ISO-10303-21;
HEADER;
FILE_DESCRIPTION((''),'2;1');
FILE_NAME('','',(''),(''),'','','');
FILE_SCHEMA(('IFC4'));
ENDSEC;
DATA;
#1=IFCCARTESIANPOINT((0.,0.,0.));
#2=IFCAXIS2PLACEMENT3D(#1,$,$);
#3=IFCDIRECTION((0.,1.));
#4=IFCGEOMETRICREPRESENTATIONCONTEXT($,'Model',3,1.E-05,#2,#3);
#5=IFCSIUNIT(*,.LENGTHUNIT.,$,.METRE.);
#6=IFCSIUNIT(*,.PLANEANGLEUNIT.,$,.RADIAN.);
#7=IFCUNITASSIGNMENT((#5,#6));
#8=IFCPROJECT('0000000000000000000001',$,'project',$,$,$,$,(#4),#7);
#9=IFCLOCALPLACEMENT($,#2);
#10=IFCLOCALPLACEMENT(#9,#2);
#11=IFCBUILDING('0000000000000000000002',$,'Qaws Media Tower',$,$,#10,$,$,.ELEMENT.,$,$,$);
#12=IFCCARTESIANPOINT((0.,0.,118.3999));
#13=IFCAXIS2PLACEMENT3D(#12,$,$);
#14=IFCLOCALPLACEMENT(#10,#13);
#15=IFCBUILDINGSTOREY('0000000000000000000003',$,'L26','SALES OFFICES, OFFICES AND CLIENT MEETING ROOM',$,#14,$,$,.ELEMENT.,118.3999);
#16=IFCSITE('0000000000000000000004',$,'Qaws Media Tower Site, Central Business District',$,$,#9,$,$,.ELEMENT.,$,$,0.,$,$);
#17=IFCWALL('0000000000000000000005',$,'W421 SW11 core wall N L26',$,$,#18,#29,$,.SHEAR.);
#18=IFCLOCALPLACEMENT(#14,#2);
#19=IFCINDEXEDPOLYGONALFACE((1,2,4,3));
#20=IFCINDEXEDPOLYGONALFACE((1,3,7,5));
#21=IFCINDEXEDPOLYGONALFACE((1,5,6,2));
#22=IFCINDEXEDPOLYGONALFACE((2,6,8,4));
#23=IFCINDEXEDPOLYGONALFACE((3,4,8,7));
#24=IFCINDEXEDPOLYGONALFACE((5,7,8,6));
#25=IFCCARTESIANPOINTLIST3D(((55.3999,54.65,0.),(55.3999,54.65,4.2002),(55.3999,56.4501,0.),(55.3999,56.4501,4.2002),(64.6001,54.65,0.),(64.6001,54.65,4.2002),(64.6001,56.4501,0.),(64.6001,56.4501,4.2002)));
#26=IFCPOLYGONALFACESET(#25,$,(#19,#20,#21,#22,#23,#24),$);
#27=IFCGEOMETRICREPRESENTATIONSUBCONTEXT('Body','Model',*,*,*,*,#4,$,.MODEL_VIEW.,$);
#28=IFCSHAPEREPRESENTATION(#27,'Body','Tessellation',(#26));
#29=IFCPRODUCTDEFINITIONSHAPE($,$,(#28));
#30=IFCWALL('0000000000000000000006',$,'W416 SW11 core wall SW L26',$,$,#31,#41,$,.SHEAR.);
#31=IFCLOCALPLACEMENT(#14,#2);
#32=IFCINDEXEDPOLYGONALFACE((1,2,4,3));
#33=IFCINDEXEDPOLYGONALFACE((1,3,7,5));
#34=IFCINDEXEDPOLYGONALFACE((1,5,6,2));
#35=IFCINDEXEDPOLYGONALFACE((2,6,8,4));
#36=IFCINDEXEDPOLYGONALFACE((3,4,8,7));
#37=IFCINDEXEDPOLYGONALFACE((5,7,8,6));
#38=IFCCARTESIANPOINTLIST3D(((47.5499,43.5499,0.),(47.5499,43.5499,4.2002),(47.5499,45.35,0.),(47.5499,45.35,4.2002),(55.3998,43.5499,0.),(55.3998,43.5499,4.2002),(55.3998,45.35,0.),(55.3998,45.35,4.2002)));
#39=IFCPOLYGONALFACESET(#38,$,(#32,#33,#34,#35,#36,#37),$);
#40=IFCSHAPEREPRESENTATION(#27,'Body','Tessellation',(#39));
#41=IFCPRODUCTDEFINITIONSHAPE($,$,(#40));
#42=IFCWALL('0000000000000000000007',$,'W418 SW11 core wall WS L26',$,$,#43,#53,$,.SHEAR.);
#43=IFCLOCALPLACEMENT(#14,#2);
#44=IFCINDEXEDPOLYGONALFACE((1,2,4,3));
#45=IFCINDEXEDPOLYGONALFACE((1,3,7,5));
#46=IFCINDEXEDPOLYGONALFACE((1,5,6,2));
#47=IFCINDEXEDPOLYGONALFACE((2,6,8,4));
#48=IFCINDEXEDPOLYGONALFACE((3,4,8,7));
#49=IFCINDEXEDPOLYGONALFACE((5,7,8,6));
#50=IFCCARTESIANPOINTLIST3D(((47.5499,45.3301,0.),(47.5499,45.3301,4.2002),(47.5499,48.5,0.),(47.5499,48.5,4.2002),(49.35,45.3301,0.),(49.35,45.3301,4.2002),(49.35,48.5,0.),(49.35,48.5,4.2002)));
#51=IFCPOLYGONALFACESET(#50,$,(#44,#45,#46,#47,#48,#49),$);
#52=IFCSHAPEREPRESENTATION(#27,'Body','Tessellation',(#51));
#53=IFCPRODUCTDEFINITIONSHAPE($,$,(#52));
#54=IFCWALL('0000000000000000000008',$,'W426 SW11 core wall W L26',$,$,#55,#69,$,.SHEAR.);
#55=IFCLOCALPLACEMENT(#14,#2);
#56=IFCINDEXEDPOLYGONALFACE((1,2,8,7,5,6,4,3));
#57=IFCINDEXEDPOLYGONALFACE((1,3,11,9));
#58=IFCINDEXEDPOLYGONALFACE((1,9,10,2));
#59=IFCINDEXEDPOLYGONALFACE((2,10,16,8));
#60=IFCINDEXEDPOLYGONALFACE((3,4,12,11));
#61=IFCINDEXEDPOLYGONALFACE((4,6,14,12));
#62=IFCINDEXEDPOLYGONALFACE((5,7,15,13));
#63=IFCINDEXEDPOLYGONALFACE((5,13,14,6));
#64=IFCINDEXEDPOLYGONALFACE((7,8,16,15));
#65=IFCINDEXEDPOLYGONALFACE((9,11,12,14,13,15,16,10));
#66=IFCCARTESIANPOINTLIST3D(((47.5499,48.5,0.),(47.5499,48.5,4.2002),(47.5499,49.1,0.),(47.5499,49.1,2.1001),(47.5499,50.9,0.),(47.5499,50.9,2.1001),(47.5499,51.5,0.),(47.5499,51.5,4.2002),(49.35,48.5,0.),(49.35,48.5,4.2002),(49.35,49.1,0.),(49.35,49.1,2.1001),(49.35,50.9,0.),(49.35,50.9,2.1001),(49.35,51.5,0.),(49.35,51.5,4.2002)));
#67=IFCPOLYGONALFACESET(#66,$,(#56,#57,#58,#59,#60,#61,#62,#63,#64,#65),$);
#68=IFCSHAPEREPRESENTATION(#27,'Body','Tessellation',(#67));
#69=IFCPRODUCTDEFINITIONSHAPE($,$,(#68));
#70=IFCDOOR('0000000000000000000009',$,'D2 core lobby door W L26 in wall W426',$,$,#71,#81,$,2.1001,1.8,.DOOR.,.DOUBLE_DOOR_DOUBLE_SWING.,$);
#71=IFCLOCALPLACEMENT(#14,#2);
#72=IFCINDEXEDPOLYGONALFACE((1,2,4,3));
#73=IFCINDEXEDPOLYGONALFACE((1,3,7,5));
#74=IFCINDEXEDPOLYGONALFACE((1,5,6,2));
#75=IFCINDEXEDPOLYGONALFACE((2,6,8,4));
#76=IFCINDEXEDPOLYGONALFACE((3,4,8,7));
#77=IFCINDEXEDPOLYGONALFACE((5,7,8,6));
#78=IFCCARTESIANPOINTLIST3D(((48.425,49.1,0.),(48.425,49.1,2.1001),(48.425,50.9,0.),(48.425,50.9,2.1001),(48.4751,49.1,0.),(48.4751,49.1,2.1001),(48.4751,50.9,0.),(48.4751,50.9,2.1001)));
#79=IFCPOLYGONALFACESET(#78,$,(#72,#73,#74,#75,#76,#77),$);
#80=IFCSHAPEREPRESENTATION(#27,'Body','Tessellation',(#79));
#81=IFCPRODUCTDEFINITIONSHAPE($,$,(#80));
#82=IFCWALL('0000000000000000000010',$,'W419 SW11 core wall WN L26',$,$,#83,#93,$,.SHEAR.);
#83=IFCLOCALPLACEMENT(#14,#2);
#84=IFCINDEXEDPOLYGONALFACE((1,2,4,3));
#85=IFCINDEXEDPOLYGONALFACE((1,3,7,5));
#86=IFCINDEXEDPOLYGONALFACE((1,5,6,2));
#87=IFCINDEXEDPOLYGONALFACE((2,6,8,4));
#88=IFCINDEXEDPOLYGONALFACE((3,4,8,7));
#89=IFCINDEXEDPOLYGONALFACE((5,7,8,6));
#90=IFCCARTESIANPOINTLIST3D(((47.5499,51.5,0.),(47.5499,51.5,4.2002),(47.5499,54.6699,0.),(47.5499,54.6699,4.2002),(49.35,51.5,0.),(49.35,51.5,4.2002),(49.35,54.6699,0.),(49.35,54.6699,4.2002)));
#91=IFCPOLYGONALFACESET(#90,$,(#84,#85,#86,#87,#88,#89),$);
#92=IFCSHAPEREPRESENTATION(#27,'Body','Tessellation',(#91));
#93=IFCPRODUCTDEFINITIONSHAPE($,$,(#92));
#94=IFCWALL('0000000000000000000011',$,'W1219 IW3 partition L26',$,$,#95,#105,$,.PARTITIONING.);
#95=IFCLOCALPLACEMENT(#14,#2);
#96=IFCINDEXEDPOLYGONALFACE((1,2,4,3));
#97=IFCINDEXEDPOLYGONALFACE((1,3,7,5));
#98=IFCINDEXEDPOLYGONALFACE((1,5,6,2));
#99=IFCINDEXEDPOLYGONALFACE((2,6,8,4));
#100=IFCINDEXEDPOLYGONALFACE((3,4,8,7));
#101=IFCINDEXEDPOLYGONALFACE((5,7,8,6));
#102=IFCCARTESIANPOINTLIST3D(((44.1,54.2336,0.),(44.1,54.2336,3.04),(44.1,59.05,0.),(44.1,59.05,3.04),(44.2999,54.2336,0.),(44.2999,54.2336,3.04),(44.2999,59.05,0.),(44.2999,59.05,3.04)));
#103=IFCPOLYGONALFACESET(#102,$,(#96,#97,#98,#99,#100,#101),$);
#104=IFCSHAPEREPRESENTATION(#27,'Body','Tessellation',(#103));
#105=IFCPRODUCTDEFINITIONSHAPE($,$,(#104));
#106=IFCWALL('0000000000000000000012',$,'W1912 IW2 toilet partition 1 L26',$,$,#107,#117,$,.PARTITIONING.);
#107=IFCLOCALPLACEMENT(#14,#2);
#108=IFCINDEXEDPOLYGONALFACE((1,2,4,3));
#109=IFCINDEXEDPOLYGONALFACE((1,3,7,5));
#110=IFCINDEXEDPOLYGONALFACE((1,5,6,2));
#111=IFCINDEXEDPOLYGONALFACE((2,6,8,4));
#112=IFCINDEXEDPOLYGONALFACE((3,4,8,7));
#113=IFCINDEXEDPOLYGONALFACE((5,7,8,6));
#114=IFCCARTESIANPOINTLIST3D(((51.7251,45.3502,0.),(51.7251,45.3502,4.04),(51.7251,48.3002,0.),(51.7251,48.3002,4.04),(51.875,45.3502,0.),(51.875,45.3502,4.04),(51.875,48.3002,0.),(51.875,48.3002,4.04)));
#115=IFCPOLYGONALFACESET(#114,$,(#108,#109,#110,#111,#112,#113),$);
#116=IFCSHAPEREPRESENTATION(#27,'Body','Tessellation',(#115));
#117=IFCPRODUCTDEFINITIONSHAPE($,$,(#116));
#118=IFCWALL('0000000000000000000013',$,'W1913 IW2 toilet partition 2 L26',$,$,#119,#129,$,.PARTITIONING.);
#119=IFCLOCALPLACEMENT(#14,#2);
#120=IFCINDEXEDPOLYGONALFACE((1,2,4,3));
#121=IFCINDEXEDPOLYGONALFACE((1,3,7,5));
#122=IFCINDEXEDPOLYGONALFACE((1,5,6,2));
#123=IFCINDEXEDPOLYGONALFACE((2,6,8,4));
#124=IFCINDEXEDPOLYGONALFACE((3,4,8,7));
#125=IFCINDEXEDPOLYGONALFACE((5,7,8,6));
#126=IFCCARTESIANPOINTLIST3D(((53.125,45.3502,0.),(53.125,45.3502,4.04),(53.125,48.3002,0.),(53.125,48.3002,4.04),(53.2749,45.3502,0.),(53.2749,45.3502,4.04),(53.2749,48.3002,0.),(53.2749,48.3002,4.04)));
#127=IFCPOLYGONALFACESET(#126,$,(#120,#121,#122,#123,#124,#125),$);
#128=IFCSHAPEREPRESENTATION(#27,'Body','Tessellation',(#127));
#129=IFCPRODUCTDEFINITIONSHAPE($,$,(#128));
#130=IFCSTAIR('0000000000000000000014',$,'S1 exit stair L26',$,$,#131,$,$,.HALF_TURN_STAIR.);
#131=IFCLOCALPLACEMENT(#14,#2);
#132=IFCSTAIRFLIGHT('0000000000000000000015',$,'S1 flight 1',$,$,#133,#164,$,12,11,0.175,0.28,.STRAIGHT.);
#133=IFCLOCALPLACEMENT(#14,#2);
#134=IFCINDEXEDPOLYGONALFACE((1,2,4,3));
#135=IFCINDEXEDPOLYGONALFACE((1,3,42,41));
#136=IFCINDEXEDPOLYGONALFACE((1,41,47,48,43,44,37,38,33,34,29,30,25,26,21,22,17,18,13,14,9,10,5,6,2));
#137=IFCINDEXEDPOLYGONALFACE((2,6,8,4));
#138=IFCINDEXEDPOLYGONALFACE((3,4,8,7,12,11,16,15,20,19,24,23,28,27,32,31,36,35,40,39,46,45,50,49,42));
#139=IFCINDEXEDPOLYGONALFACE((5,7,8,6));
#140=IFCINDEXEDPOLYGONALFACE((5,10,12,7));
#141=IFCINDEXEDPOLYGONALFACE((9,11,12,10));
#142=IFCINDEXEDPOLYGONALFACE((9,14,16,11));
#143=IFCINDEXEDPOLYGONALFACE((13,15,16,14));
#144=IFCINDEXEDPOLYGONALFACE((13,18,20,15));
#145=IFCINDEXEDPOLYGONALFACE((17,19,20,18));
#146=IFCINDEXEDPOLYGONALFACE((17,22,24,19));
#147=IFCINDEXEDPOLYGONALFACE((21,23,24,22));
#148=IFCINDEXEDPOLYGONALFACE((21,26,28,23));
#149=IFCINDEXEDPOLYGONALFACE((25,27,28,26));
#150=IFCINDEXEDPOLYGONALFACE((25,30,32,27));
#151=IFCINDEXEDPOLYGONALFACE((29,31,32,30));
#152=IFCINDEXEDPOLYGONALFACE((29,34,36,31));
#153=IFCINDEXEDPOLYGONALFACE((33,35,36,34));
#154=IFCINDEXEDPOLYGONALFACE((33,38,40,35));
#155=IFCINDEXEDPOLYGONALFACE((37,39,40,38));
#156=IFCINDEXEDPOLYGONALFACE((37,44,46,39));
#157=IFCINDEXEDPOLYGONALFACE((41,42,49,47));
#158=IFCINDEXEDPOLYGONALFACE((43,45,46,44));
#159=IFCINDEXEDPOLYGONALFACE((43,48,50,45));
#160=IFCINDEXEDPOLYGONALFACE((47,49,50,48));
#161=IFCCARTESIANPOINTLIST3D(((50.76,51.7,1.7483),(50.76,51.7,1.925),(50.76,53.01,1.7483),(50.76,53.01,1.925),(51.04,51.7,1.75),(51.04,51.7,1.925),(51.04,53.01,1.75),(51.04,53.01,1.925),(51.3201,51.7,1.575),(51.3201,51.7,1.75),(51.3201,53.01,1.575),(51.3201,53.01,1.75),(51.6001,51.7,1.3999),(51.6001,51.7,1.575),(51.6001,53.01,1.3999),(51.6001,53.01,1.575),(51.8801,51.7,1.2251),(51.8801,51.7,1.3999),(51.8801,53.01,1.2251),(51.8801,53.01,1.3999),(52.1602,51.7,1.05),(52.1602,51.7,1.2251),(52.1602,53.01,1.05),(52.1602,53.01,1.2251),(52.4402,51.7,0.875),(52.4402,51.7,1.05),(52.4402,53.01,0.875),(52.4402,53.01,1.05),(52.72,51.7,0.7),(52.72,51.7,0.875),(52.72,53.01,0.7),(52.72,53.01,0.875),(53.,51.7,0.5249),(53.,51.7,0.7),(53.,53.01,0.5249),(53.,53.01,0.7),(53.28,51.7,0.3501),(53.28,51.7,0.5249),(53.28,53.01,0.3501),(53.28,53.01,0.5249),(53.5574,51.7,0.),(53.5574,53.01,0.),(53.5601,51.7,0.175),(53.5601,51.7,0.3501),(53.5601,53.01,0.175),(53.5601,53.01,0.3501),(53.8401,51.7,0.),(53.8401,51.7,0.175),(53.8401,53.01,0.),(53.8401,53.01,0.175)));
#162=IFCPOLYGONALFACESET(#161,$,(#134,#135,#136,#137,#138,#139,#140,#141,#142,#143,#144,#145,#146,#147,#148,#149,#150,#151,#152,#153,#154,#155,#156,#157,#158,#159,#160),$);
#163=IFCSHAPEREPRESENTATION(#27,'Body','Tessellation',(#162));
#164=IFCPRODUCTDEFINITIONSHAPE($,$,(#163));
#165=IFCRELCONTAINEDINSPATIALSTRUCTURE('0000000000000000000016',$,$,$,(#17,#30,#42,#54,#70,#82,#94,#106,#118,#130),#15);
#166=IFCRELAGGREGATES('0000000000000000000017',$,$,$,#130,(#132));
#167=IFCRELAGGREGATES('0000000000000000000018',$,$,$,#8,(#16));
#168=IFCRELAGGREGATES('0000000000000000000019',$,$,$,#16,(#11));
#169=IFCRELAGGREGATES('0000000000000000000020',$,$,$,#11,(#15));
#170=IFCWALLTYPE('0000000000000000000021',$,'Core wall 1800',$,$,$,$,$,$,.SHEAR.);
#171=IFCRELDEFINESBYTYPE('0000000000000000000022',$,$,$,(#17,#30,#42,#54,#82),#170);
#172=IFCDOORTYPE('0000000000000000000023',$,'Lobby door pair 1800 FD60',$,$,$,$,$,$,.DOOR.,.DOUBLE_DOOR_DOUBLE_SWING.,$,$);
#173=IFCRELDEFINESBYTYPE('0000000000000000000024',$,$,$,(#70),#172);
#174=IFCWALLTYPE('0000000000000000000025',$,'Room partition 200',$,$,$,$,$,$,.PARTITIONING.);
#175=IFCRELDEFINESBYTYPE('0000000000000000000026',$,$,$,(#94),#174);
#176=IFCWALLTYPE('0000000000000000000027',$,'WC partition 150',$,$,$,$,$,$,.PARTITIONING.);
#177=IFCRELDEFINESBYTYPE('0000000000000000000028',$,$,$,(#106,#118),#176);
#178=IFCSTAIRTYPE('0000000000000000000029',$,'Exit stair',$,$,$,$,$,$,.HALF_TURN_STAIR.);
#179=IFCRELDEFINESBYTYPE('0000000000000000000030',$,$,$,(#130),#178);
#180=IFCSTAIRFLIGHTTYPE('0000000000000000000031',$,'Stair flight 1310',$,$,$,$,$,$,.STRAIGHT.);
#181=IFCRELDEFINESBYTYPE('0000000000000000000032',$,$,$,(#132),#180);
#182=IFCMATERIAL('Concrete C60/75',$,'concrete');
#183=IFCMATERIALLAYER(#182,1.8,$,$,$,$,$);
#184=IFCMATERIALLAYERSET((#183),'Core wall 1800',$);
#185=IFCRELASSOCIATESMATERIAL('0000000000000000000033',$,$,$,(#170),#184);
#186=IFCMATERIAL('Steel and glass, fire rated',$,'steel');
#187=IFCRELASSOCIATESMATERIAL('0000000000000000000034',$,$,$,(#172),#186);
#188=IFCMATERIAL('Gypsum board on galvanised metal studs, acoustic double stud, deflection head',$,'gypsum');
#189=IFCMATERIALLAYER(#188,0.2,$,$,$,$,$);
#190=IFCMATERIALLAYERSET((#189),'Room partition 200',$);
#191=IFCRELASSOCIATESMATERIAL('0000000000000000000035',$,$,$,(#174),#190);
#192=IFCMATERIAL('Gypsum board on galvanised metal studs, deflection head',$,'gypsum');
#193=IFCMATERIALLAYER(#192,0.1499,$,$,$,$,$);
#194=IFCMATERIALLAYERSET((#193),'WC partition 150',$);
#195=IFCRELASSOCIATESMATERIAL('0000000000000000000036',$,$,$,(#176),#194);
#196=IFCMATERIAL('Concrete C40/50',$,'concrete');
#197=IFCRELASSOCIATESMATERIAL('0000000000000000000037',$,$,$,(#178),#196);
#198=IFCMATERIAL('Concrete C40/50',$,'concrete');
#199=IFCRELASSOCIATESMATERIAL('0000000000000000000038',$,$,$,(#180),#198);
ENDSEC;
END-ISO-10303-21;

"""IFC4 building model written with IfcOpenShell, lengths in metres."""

from ifc_helpers import new_model, si_unit, direction, frame, frame_2d, origin, place, context, subcontext, project, spatial, polyline, rectangle, outline, extrude, material, layer, layer_set, type_object, element, fill, aggregate, save


model = new_model("IFC4")

# Units and contexts
model_context = context("Model", 3, precision=1e-05, world=origin(), true_north=direction((0.0, 1.0)))
body_context = subcontext(model_context, "Body", "Model", "MODEL_VIEW")
ifc_project = project(units=[si_unit("LENGTHUNIT", "METRE"), si_unit("PLANEANGLEUNIT", "RADIAN")], contexts=[model_context])

# Site, building, storey
site_placement = place(None, origin())
site = spatial("IfcSite", under=ifc_project, at=site_placement, Name="Qaws Media Tower Site, Central Business District", CompositionType="ELEMENT", RefElevation=0.0)
building_placement = place(site_placement, origin())
building = spatial("IfcBuilding", under=site, at=building_placement, Name="Qaws Media Tower", CompositionType="ELEMENT")
storey_placement = place(building_placement, frame((0.0, 0.0, 118.3999)))
storey = spatial("IfcBuildingStorey", under=building, at=storey_placement, Name="L26", Description="SALES OFFICES, OFFICES AND CLIENT MEETING ROOM", CompositionType="ELEMENT", Elevation=118.3999)

# Walls
ifc_material_1 = material(Name="Concrete C60/75", Category="concrete")
ifc_layer_1 = layer(ifc_material_1, 1.8)
ifc_layer_set_1 = layer_set([ifc_layer_1], Name="Core wall 1800")
wall_type_1 = type_object("IfcWallType", Name="Core wall 1800", PredefinedType="SHEAR", material=ifc_layer_set_1)
wall_1_placement = place(storey_placement, frame((55.3999, 55.55, 0.0), z_axis=(0.0, 0.0, 1.0), x_axis=(1.0, 0.0, 0.0)))
element("IfcWall", 1, at=wall_1_placement, inside=storey, type_object=wall_type_1, Name="W421 SW11 core wall N L26", PredefinedType="SHEAR", context=body_context, shape_type="SweptSolid", body=[
    extrude(rectangle(XDim=9.2002, YDim=1.8, at=frame_2d((4.6001, 0.0))), origin(), (0.0, 0.0, 1.0), 4.2002),
])
wall_2_placement = place(storey_placement, frame((47.55, 44.45, 0.0), z_axis=(0.0, 0.0, 1.0), x_axis=(1.0, 0.0, 0.0)))
element("IfcWall", 2, at=wall_2_placement, inside=storey, type_object=wall_type_1, Name="W416 SW11 core wall SW L26", PredefinedType="SHEAR", context=body_context, shape_type="SweptSolid", body=[
    extrude(rectangle(XDim=7.8499, YDim=1.8, at=frame_2d((3.9248, 0.0))), origin(), (0.0, 0.0, 1.0), 4.2002),
])
wall_3_placement = place(storey_placement, frame((48.45, 45.3301, 0.0), z_axis=(0.0, 0.0, 1.0), x_axis=(0.0, 1.0, 0.0)))
element("IfcWall", 3, at=wall_3_placement, inside=storey, type_object=wall_type_1, Name="W418 SW11 core wall WS L26", PredefinedType="SHEAR", context=body_context, shape_type="SweptSolid", body=[
    extrude(rectangle(XDim=3.1699, YDim=1.8, at=frame_2d((1.585, 0.0))), origin(), (0.0, 0.0, 1.0), 4.2002),
])

# Wall, opening, door
wall_4_placement = place(storey_placement, frame((48.45, 48.5, 0.0), z_axis=(0.0, 0.0, 1.0), x_axis=(0.0, 1.0, 0.0)))
wall_4 = element("IfcWall", 4, at=wall_4_placement, inside=storey, type_object=wall_type_1, Name="W426 SW11 core wall W L26", PredefinedType="SHEAR", context=body_context, shape_type="SweptSolid", body=[
    extrude(rectangle(XDim=3.0, YDim=1.8, at=frame_2d((1.5, 0.0))), origin(), (0.0, 0.0, 1.0), 4.2002),
])
opening_1_placement = place(wall_4_placement, frame((0.6001, 0.0, 0.0)))
opening_1 = element("IfcOpeningElement", 5, at=opening_1_placement, cuts=wall_4, PredefinedType="OPENING", context=body_context, shape_type="SweptSolid", body=[
    extrude(rectangle(XDim=1.8, YDim=2.1001, at=frame_2d((0.8999, 1.05))), frame((0.0, 0.9099, 0.0), z_axis=(0.0, -1.0, 0.0), x_axis=(1.0, 0.0, 0.0)), (0.0, 0.0, 1.0), 1.8201),
])
ifc_material_2 = material(Name="Steel and glass, fire rated", Category="steel")
door_type_1 = type_object("IfcDoorType", Name="Lobby door pair 1800 FD60", OperationType="DOUBLE_DOOR_DOUBLE_SWING", PredefinedType="DOOR", material=ifc_material_2)
door_1_placement = place(opening_1_placement, origin())
door_1 = element("IfcDoor", 6, at=door_1_placement, inside=storey, type_object=door_type_1, Name="D2 core lobby door W L26 in wall W426", OperationType="DOUBLE_DOOR_DOUBLE_SWING", OverallHeight=2.1001, OverallWidth=1.8, PredefinedType="DOOR", context=body_context, shape_type="SweptSolid", body=[
    extrude(rectangle(XDim=1.8, YDim=2.1001, at=frame_2d((0.8999, 1.05))), frame((0.0, 0.0249, 0.0), z_axis=(0.0, -1.0, 0.0), x_axis=(1.0, 0.0, 0.0)), (0.0, 0.0, 1.0), 0.05),
])
fill(opening_1, door_1)

# Walls
wall_5_placement = place(storey_placement, frame((48.45, 51.5, 0.0), z_axis=(0.0, 0.0, 1.0), x_axis=(0.0, 1.0, 0.0)))
element("IfcWall", 7, at=wall_5_placement, inside=storey, type_object=wall_type_1, Name="W419 SW11 core wall WN L26", PredefinedType="SHEAR", context=body_context, shape_type="SweptSolid", body=[
    extrude(rectangle(XDim=3.1699, YDim=1.8, at=frame_2d((1.585, 0.0))), origin(), (0.0, 0.0, 1.0), 4.2002),
])
ifc_material_3 = material(Name="Gypsum board on galvanised metal studs, acoustic double stud, deflection head", Category="gypsum")
ifc_layer_2 = layer(ifc_material_3, 0.2)
ifc_layer_set_2 = layer_set([ifc_layer_2], Name="Room partition 200")
wall_type_2 = type_object("IfcWallType", Name="Room partition 200", PredefinedType="PARTITIONING", material=ifc_layer_set_2)
wall_6_placement = place(storey_placement, frame((44.2, 54.2336, 0.0), z_axis=(0.0, 0.0, 1.0), x_axis=(0.0, 1.0, 0.0)))
element("IfcWall", 8, at=wall_6_placement, inside=storey, type_object=wall_type_2, Name="W1219 IW3 partition L26", PredefinedType="PARTITIONING", context=body_context, shape_type="SweptSolid", body=[
    extrude(rectangle(XDim=4.8164, YDim=0.2, at=frame_2d((2.4082, 0.0))), origin(), (0.0, 0.0, 1.0), 3.04),
])
ifc_material_4 = material(Name="Gypsum board on galvanised metal studs, deflection head", Category="gypsum")
ifc_layer_3 = layer(ifc_material_4, 0.1499)
ifc_layer_set_3 = layer_set([ifc_layer_3], Name="WC partition 150")
wall_type_3 = type_object("IfcWallType", Name="WC partition 150", PredefinedType="PARTITIONING", material=ifc_layer_set_3)
for number, where, z_axis, x_axis, name in (
    (9, (51.8, 45.3501, 0.0), (0.0, 0.0, 1.0), (0.0, 1.0, 0.0), "W1912 IW2 toilet partition 1 L26"),
    (10, (53.2, 45.3501, 0.0), (0.0, 0.0, 1.0), (0.0, 1.0, 0.0), "W1913 IW2 toilet partition 2 L26"),
):
    element("IfcWall", number, at=place(storey_placement, frame(where, z_axis=z_axis, x_axis=x_axis)), inside=storey, type_object=wall_type_3, Name=name, PredefinedType="PARTITIONING", context=body_context, shape_type="SweptSolid", body=[
        extrude(rectangle(XDim=2.95, YDim=0.1499, at=frame_2d((1.4751, 0.0))), origin(), (0.0, 0.0, 1.0), 4.04),
    ])

# Stair, stair flight
ifc_material_5 = material(Name="Concrete C40/50", Category="concrete")
stair_type = type_object("IfcStairType", Name="Exit stair", PredefinedType="HALF_TURN_STAIR", material=ifc_material_5)
stair_placement = place(storey_placement, origin())
stair = element("IfcStair", 11, at=stair_placement, inside=storey, type_object=stair_type, Name="S1 exit stair L26", PredefinedType="HALF_TURN_STAIR")
ifc_material_6 = material(Name="Concrete C40/50", Category="concrete")
stair_flight_type = type_object("IfcStairFlightType", Name="Stair flight 1310", PredefinedType="STRAIGHT", material=ifc_material_6)
stair_flight_1_placement = place(storey_placement, frame((53.8401, 52.355, 0.0), z_axis=(0.0, 0.0, 1.0), x_axis=(-1.0, 0.0, 0.0)))
stair_flight_1 = element("IfcStairFlight", 12, at=stair_flight_1_placement, type_object=stair_flight_type, Name="S1 flight 1", NumberOfRisers=12, NumberOfTreads=11, PredefinedType="STRAIGHT", RiserHeight=0.175, TreadLength=0.28, context=body_context, shape_type="SweptSolid", body=[
    extrude(outline(polyline([(0.0, 0.0), (0.0, 0.175), (0.28, 0.175), (0.28, 0.3501), (0.5601, 0.3501), (0.5601, 0.5249), (0.8401, 0.5249), (0.8401, 0.7), (1.1201, 0.7), (1.1201, 0.875), (1.3999, 0.875), (1.3999, 1.05), (1.6799, 1.05), (1.6799, 1.2251), (1.96, 1.2251), (1.96, 1.3999), (2.24, 1.3999), (2.24, 1.575), (2.52, 1.575), (2.52, 1.75), (2.8, 1.75), (2.8, 1.925), (3.0801, 1.925), (3.0801, 2.1001), (3.0801, 1.7483), (0.2827, 0.0), (0.0, 0.0)])), frame((0.0, 0.655, 0.0), z_axis=(0.0, -1.0, 0.0), x_axis=(1.0, 0.0, 0.0)), (0.0, 0.0, 1.0), 1.3101),
])
aggregate(stair, [stair_flight_1])

save(model, "model.ifc")
